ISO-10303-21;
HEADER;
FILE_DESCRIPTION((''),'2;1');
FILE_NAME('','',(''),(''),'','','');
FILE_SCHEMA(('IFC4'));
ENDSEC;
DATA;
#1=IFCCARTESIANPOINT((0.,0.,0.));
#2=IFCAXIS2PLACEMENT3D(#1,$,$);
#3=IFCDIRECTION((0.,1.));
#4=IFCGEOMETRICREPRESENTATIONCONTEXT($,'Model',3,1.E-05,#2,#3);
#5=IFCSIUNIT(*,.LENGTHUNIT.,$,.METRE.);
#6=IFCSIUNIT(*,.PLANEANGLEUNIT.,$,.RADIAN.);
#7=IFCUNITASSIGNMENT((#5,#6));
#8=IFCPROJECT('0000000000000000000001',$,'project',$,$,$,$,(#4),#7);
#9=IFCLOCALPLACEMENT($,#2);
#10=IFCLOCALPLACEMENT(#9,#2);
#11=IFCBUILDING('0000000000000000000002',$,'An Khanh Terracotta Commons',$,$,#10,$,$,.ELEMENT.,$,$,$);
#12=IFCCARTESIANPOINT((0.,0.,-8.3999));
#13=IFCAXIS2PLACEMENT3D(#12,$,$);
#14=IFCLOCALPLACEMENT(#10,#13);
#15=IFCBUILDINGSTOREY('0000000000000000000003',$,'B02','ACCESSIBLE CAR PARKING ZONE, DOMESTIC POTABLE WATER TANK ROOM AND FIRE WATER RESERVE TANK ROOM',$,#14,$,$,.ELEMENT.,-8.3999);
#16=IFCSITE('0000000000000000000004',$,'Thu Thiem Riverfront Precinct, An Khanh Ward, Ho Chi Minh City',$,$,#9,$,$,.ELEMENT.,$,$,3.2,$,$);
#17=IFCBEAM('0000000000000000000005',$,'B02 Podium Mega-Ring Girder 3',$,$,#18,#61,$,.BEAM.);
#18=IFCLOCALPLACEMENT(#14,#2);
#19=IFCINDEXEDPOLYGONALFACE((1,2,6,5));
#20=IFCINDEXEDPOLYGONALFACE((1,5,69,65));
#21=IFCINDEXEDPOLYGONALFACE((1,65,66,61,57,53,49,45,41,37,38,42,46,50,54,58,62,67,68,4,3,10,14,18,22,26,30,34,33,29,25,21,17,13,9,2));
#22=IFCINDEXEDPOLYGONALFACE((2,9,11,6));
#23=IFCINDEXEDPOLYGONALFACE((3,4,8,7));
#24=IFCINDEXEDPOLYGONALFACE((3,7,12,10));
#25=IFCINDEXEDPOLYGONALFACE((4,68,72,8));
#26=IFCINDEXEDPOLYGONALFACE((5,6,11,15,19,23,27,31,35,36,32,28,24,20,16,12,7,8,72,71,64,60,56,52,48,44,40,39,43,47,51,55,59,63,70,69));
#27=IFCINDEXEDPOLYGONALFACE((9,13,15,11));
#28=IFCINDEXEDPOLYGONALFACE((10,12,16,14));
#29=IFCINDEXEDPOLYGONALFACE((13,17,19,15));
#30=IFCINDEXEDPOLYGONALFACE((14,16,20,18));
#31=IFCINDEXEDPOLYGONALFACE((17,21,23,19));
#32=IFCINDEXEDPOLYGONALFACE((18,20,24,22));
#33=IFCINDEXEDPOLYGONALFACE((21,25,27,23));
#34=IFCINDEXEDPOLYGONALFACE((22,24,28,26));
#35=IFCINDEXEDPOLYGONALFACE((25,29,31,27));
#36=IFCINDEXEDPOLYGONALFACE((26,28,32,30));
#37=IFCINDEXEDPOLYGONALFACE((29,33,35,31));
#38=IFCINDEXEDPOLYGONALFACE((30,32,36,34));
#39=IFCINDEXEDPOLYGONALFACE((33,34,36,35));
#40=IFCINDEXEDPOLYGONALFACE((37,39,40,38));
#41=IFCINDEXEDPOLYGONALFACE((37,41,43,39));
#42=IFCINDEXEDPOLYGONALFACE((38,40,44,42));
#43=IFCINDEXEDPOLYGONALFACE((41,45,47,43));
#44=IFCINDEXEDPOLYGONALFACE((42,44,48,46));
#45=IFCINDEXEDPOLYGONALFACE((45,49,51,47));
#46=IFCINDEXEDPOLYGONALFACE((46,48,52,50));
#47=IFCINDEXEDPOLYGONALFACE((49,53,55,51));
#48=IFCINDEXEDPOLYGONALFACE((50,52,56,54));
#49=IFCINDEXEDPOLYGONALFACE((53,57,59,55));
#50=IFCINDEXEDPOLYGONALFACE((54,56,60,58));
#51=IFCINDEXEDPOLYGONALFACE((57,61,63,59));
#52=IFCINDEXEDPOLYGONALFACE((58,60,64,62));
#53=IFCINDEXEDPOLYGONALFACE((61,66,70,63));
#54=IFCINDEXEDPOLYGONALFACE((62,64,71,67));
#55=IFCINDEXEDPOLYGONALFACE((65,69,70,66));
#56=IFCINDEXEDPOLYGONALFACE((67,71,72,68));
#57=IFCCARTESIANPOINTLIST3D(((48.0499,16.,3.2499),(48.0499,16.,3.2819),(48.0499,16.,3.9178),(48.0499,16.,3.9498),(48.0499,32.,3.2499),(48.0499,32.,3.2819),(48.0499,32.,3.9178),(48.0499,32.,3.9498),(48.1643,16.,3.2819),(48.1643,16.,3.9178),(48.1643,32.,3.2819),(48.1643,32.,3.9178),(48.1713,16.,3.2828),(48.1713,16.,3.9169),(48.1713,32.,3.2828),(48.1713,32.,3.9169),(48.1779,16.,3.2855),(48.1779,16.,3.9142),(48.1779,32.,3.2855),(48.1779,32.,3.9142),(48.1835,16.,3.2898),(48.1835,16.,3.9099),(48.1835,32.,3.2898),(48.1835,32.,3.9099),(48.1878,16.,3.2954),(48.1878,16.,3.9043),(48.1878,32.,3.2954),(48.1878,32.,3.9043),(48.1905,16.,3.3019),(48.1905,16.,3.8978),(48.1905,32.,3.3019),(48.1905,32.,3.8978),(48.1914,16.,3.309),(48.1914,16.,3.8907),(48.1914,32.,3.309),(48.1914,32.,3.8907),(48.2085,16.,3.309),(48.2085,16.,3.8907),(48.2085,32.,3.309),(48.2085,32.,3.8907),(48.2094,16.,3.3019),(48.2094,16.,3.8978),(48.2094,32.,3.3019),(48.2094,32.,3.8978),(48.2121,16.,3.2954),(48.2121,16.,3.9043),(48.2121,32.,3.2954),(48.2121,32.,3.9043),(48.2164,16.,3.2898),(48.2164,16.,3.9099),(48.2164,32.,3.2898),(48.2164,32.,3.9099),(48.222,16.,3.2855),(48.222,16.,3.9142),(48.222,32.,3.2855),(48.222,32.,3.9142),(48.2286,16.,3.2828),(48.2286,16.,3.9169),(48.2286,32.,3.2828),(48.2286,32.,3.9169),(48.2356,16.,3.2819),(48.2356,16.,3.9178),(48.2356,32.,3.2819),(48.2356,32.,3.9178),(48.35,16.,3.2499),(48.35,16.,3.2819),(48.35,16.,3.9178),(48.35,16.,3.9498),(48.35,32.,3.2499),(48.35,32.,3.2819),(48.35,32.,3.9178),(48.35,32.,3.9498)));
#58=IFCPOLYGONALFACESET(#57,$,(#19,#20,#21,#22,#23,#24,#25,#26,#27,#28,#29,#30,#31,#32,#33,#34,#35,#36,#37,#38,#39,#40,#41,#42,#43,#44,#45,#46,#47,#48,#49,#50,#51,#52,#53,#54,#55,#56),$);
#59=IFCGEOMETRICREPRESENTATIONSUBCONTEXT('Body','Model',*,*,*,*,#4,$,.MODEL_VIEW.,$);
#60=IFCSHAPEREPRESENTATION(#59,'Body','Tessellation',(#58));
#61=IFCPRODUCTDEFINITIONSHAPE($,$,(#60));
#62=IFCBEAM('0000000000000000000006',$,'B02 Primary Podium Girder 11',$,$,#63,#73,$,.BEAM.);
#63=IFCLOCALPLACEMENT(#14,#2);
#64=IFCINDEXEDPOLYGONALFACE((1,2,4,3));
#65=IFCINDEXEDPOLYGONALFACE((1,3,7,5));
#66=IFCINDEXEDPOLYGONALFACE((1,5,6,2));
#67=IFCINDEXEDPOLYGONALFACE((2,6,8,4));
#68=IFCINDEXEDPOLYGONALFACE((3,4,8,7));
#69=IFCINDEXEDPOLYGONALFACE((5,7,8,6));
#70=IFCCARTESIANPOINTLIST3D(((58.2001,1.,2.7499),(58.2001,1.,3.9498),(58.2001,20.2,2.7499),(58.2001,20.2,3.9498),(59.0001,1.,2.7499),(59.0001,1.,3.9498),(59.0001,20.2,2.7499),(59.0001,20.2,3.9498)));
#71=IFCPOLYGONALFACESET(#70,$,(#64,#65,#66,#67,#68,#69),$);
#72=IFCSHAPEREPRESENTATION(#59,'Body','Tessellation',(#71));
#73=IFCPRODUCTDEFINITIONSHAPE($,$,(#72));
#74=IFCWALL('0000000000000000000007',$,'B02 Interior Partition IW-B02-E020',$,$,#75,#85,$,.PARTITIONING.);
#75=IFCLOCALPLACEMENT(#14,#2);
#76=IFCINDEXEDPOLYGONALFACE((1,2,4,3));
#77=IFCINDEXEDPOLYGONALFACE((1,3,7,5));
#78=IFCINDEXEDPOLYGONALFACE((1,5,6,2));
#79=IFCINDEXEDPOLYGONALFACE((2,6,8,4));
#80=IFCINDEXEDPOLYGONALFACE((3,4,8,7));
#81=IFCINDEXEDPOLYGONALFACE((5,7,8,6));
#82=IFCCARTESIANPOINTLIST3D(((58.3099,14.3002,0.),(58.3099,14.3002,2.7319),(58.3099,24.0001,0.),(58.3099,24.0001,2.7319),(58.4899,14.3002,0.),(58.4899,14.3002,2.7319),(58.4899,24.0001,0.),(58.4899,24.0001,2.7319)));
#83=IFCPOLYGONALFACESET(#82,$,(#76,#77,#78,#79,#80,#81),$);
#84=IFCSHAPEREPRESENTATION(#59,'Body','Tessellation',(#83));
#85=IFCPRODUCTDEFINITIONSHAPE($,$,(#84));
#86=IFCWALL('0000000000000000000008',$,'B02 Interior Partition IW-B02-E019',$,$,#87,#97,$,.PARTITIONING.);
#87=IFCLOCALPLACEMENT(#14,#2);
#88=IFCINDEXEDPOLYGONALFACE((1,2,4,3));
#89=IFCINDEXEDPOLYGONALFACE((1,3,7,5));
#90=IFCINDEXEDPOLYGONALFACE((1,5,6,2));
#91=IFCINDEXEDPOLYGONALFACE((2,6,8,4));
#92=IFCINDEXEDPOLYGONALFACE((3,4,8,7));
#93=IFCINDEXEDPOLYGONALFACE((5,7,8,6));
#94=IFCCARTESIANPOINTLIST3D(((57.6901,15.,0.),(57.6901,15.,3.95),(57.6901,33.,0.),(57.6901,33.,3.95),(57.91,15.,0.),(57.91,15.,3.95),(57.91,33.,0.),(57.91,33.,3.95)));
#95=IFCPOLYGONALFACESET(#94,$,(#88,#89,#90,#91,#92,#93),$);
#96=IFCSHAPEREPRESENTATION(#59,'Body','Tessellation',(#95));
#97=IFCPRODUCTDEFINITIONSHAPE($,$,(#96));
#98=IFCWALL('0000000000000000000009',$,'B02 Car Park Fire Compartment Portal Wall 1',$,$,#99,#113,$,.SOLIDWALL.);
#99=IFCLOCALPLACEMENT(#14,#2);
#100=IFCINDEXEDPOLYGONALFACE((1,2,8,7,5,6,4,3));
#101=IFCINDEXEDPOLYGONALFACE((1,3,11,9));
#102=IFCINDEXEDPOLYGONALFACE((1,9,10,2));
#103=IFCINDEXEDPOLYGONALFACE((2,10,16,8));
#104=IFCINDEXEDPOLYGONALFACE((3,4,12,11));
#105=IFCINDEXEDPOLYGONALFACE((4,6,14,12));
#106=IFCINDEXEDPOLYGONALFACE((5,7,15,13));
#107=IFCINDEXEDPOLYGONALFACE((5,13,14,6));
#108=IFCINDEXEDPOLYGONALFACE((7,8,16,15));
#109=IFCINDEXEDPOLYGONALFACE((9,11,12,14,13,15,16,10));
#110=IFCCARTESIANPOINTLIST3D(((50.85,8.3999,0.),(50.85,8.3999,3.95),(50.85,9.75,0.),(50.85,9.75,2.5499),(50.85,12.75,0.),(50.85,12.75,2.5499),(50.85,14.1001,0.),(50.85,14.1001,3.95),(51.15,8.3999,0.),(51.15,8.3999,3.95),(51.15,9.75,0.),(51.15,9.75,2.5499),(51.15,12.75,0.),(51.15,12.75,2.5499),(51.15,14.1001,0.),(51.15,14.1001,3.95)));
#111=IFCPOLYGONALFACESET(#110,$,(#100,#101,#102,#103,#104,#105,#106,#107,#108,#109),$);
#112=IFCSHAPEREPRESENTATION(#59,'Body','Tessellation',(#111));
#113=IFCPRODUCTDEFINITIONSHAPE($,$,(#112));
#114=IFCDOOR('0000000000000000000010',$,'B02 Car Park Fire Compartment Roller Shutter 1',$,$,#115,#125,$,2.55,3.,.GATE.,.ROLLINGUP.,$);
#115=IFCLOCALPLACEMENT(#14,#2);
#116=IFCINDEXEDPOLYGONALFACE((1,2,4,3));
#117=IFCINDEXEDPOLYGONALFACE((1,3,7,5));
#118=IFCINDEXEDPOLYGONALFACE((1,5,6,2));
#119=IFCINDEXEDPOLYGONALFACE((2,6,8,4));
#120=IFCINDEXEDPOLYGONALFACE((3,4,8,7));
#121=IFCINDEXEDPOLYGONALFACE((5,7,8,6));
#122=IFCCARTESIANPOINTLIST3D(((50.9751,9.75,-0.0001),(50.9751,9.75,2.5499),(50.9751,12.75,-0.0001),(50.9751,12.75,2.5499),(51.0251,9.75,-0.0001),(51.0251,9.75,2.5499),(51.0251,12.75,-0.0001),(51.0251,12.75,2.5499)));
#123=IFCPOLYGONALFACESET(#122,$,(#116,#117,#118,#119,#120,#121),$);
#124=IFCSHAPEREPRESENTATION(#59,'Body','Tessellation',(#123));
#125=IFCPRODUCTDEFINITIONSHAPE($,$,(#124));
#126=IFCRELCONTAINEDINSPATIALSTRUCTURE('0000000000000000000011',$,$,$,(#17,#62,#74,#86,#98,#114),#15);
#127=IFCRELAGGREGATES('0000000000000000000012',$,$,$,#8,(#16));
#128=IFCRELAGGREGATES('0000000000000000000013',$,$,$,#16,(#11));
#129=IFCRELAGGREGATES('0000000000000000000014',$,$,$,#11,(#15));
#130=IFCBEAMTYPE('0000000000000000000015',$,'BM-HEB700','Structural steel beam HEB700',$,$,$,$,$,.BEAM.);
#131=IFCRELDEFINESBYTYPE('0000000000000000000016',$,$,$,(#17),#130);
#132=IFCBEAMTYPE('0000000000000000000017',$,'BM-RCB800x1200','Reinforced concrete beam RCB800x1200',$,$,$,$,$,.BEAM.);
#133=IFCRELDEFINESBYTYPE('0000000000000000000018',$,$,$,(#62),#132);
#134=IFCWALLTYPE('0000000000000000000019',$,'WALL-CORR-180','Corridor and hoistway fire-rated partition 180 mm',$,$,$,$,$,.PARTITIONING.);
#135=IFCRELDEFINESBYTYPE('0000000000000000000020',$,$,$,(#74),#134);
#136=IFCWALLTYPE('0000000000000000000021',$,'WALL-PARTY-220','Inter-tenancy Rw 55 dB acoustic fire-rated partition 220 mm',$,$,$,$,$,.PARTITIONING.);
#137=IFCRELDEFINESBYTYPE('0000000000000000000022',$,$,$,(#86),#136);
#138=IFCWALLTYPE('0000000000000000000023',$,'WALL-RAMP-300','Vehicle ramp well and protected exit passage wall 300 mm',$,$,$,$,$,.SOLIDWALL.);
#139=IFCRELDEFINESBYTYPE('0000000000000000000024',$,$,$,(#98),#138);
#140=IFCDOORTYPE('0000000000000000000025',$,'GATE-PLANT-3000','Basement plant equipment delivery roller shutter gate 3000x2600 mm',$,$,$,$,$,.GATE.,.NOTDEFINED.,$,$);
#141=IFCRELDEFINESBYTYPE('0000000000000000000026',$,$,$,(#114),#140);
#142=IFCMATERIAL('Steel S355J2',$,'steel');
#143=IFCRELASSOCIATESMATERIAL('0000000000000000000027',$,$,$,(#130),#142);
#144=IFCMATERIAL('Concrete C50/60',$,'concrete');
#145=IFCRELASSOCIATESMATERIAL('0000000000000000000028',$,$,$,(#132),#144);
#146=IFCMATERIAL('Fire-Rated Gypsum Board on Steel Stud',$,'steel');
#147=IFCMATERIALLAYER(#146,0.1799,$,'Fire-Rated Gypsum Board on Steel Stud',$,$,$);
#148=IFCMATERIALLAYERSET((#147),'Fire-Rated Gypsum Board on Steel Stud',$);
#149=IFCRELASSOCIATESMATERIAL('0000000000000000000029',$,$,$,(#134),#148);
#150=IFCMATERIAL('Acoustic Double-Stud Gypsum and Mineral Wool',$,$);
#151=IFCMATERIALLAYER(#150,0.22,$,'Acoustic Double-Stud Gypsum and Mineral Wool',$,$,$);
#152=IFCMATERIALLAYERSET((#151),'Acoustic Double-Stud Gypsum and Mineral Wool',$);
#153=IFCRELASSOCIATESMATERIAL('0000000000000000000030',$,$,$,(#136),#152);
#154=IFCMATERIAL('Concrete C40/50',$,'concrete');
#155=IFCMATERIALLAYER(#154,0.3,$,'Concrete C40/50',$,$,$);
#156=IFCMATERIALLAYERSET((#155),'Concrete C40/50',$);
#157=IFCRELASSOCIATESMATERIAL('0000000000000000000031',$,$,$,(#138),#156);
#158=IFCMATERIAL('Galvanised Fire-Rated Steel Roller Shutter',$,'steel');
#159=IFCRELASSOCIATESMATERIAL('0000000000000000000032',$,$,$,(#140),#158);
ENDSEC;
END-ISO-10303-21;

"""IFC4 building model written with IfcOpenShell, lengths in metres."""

from ifc_helpers import new_model, si_unit, direction, frame, frame_2d, origin, origin_2d, place, context, subcontext, project, spatial, rectangle, i_section, extrude, material, layer, layer_set, material_profile, profile_set, type_object, element, fill, save


model = new_model("IFC4")

# Units and contexts
model_context = context("Model", 3, precision=1e-05, world=origin(), true_north=direction((0.0, 1.0)))
body_context = subcontext(model_context, "Body", "Model", "MODEL_VIEW")
ifc_project = project(units=[si_unit("LENGTHUNIT", "METRE"), si_unit("PLANEANGLEUNIT", "RADIAN")], contexts=[model_context])

# Site, building, storey
site_placement = place(None, origin())
site = spatial("IfcSite", under=ifc_project, at=site_placement, Name="Thu Thiem Riverfront Precinct, An Khanh Ward, Ho Chi Minh City", CompositionType="ELEMENT", RefElevation=3.2)
building_placement = place(site_placement, origin())
building = spatial("IfcBuilding", under=site, at=building_placement, Name="An Khanh Terracotta Commons", CompositionType="ELEMENT")
storey_placement = place(building_placement, frame((0.0, 0.0, -8.3999)))
storey = spatial("IfcBuildingStorey", under=building, at=storey_placement, Name="B02", Description="ACCESSIBLE CAR PARKING ZONE, DOMESTIC POTABLE WATER TANK ROOM AND FIRE WATER RESERVE TANK ROOM", CompositionType="ELEMENT", Elevation=-8.3999)

# Shared definitions
ifc_material_1 = material(Name="Concrete C50/60", Category="concrete")

# Beams
ifc_material_2 = material(Name="Steel S355J2", Category="steel")
ifc_material_profile_1 = material_profile(ifc_material_2, i_section(OverallWidth=0.3, OverallDepth=0.7, WebThickness=0.0171, FlangeThickness=0.032, FilletRadius=0.0271, at=origin_2d()), Name="HEB700")
ifc_profile_set_1 = profile_set([ifc_material_profile_1], Name="Steel S355J2")
beam_type_1 = type_object("IfcBeamType", Name="BM-HEB700", Description="Structural steel beam HEB700", PredefinedType="BEAM", material=ifc_profile_set_1)
beam_1_placement = place(storey_placement, frame((48.2, 16.0, 3.5999), z_axis=(0.0, 1.0, 0.0), x_axis=(-1.0, 0.0, 0.0)))
element("IfcBeam", 1, at=beam_1_placement, inside=storey, type_object=beam_type_1, Name="B02 Podium Mega-Ring Girder 3", PredefinedType="BEAM", context=body_context, shape_type="SweptSolid", body=[
    extrude(i_section(OverallWidth=0.3, OverallDepth=0.7, WebThickness=0.0171, FlangeThickness=0.032, FilletRadius=0.0271, at=origin_2d()), origin(), (0.0, 0.0, 1.0), 16.0),
])
ifc_material_profile_2 = material_profile(ifc_material_1, rectangle(XDim=0.8, YDim=1.2, at=origin_2d()), Name="RCB800x1200")
ifc_profile_set_2 = profile_set([ifc_material_profile_2], Name="Concrete C50/60")
beam_type_2 = type_object("IfcBeamType", Name="BM-RCB800x1200", Description="Reinforced concrete beam RCB800x1200", PredefinedType="BEAM", material=ifc_profile_set_2)
beam_2_placement = place(storey_placement, frame((58.6001, 1.0, 3.3499), z_axis=(0.0, 1.0, 0.0), x_axis=(-1.0, 0.0, 0.0)))
element("IfcBeam", 2, at=beam_2_placement, inside=storey, type_object=beam_type_2, Name="B02 Primary Podium Girder 11", PredefinedType="BEAM", context=body_context, shape_type="SweptSolid", body=[
    extrude(rectangle(XDim=0.8, YDim=1.2, at=origin_2d()), origin(), (0.0, 0.0, 1.0), 19.2),
])

# Walls
ifc_material_3 = material(Name="Fire-Rated Gypsum Board on Steel Stud", Category="steel")
ifc_layer_1 = layer(ifc_material_3, 0.1799, Name="Fire-Rated Gypsum Board on Steel Stud")
ifc_layer_set_1 = layer_set([ifc_layer_1], Name="Fire-Rated Gypsum Board on Steel Stud")
wall_type_1 = type_object("IfcWallType", Name="WALL-CORR-180", Description="Corridor and hoistway fire-rated partition 180 mm", PredefinedType="PARTITIONING", material=ifc_layer_set_1)
wall_1_placement = place(storey_placement, frame((58.3999, 14.3, 0.0), z_axis=(0.0, 0.0, 1.0), x_axis=(0.0, 1.0, 0.0)))
element("IfcWall", 3, at=wall_1_placement, inside=storey, type_object=wall_type_1, Name="B02 Interior Partition IW-B02-E020", PredefinedType="PARTITIONING", context=body_context, shape_type="SweptSolid", body=[
    extrude(rectangle(XDim=9.7, YDim=0.1799, at=frame_2d((4.8501, 0.0))), origin(), (0.0, 0.0, 1.0), 2.7319),
])
ifc_material_4 = material(Name="Acoustic Double-Stud Gypsum and Mineral Wool")
ifc_layer_2 = layer(ifc_material_4, 0.22, Name="Acoustic Double-Stud Gypsum and Mineral Wool")
ifc_layer_set_2 = layer_set([ifc_layer_2], Name="Acoustic Double-Stud Gypsum and Mineral Wool")
wall_type_2 = type_object("IfcWallType", Name="WALL-PARTY-220", Description="Inter-tenancy Rw 55 dB acoustic fire-rated partition 220 mm", PredefinedType="PARTITIONING", material=ifc_layer_set_2)
wall_2_placement = place(storey_placement, frame((57.8, 15.0, 0.0), z_axis=(0.0, 0.0, 1.0), x_axis=(0.0, 1.0, 0.0)))
element("IfcWall", 4, at=wall_2_placement, inside=storey, type_object=wall_type_2, Name="B02 Interior Partition IW-B02-E019", PredefinedType="PARTITIONING", context=body_context, shape_type="SweptSolid", body=[
    extrude(rectangle(XDim=18.0, YDim=0.22, at=frame_2d((9.0, 0.0))), origin(), (0.0, 0.0, 1.0), 3.95),
])

# Wall, opening, door
ifc_material_5 = material(Name="Concrete C40/50", Category="concrete")
ifc_layer_3 = layer(ifc_material_5, 0.3, Name="Concrete C40/50")
ifc_layer_set_3 = layer_set([ifc_layer_3], Name="Concrete C40/50")
wall_type_3 = type_object("IfcWallType", Name="WALL-RAMP-300", Description="Vehicle ramp well and protected exit passage wall 300 mm", PredefinedType="SOLIDWALL", material=ifc_layer_set_3)
wall_3_placement = place(storey_placement, frame((51.0, 8.3999, 0.0), z_axis=(0.0, 0.0, 1.0), x_axis=(0.0, 1.0, 0.0)))
wall_3 = element("IfcWall", 5, at=wall_3_placement, inside=storey, type_object=wall_type_3, Name="B02 Car Park Fire Compartment Portal Wall 1", PredefinedType="SOLIDWALL", context=body_context, shape_type="SweptSolid", body=[
    extrude(rectangle(XDim=5.7002, YDim=0.3, at=frame_2d((2.8501, 0.0))), origin(), (0.0, 0.0, 1.0), 3.95),
])
opening_placement = place(wall_3_placement, frame((1.3501, 0.0, 0.0)))
opening = element("IfcOpeningElement", 6, at=opening_placement, cuts=wall_3, PredefinedType="OPENING", context=body_context, shape_type="SweptSolid", body=[
    extrude(rectangle(XDim=3.0, YDim=2.55, at=frame_2d((1.5, 1.2749))), frame((0.0, 0.1599, 0.0), z_axis=(0.0, -1.0, 0.0), x_axis=(1.0, 0.0, 0.0)), (0.0, 0.0, 1.0), 0.3201),
])
ifc_material_6 = material(Name="Galvanised Fire-Rated Steel Roller Shutter", Category="steel")
door_type = type_object("IfcDoorType", Name="GATE-PLANT-3000", Description="Basement plant equipment delivery roller shutter gate 3000x2600 mm", OperationType="NOTDEFINED", PredefinedType="GATE", material=ifc_material_6)
door_placement = place(opening_placement, origin())
door = element("IfcDoor", 7, at=door_placement, inside=storey, type_object=door_type, Name="B02 Car Park Fire Compartment Roller Shutter 1", OperationType="ROLLINGUP", OverallHeight=2.55, OverallWidth=3.0, PredefinedType="GATE", context=body_context, shape_type="SweptSolid", body=[
    extrude(rectangle(XDim=3.0, YDim=2.55, at=frame_2d((1.5, 1.2749))), frame((0.0, 0.0249, 0.0), z_axis=(0.0, -1.0, 0.0), x_axis=(1.0, 0.0, 0.0)), (0.0, 0.0, 1.0), 0.05),
])
fill(opening, door)

save(model, "model.ifc")
